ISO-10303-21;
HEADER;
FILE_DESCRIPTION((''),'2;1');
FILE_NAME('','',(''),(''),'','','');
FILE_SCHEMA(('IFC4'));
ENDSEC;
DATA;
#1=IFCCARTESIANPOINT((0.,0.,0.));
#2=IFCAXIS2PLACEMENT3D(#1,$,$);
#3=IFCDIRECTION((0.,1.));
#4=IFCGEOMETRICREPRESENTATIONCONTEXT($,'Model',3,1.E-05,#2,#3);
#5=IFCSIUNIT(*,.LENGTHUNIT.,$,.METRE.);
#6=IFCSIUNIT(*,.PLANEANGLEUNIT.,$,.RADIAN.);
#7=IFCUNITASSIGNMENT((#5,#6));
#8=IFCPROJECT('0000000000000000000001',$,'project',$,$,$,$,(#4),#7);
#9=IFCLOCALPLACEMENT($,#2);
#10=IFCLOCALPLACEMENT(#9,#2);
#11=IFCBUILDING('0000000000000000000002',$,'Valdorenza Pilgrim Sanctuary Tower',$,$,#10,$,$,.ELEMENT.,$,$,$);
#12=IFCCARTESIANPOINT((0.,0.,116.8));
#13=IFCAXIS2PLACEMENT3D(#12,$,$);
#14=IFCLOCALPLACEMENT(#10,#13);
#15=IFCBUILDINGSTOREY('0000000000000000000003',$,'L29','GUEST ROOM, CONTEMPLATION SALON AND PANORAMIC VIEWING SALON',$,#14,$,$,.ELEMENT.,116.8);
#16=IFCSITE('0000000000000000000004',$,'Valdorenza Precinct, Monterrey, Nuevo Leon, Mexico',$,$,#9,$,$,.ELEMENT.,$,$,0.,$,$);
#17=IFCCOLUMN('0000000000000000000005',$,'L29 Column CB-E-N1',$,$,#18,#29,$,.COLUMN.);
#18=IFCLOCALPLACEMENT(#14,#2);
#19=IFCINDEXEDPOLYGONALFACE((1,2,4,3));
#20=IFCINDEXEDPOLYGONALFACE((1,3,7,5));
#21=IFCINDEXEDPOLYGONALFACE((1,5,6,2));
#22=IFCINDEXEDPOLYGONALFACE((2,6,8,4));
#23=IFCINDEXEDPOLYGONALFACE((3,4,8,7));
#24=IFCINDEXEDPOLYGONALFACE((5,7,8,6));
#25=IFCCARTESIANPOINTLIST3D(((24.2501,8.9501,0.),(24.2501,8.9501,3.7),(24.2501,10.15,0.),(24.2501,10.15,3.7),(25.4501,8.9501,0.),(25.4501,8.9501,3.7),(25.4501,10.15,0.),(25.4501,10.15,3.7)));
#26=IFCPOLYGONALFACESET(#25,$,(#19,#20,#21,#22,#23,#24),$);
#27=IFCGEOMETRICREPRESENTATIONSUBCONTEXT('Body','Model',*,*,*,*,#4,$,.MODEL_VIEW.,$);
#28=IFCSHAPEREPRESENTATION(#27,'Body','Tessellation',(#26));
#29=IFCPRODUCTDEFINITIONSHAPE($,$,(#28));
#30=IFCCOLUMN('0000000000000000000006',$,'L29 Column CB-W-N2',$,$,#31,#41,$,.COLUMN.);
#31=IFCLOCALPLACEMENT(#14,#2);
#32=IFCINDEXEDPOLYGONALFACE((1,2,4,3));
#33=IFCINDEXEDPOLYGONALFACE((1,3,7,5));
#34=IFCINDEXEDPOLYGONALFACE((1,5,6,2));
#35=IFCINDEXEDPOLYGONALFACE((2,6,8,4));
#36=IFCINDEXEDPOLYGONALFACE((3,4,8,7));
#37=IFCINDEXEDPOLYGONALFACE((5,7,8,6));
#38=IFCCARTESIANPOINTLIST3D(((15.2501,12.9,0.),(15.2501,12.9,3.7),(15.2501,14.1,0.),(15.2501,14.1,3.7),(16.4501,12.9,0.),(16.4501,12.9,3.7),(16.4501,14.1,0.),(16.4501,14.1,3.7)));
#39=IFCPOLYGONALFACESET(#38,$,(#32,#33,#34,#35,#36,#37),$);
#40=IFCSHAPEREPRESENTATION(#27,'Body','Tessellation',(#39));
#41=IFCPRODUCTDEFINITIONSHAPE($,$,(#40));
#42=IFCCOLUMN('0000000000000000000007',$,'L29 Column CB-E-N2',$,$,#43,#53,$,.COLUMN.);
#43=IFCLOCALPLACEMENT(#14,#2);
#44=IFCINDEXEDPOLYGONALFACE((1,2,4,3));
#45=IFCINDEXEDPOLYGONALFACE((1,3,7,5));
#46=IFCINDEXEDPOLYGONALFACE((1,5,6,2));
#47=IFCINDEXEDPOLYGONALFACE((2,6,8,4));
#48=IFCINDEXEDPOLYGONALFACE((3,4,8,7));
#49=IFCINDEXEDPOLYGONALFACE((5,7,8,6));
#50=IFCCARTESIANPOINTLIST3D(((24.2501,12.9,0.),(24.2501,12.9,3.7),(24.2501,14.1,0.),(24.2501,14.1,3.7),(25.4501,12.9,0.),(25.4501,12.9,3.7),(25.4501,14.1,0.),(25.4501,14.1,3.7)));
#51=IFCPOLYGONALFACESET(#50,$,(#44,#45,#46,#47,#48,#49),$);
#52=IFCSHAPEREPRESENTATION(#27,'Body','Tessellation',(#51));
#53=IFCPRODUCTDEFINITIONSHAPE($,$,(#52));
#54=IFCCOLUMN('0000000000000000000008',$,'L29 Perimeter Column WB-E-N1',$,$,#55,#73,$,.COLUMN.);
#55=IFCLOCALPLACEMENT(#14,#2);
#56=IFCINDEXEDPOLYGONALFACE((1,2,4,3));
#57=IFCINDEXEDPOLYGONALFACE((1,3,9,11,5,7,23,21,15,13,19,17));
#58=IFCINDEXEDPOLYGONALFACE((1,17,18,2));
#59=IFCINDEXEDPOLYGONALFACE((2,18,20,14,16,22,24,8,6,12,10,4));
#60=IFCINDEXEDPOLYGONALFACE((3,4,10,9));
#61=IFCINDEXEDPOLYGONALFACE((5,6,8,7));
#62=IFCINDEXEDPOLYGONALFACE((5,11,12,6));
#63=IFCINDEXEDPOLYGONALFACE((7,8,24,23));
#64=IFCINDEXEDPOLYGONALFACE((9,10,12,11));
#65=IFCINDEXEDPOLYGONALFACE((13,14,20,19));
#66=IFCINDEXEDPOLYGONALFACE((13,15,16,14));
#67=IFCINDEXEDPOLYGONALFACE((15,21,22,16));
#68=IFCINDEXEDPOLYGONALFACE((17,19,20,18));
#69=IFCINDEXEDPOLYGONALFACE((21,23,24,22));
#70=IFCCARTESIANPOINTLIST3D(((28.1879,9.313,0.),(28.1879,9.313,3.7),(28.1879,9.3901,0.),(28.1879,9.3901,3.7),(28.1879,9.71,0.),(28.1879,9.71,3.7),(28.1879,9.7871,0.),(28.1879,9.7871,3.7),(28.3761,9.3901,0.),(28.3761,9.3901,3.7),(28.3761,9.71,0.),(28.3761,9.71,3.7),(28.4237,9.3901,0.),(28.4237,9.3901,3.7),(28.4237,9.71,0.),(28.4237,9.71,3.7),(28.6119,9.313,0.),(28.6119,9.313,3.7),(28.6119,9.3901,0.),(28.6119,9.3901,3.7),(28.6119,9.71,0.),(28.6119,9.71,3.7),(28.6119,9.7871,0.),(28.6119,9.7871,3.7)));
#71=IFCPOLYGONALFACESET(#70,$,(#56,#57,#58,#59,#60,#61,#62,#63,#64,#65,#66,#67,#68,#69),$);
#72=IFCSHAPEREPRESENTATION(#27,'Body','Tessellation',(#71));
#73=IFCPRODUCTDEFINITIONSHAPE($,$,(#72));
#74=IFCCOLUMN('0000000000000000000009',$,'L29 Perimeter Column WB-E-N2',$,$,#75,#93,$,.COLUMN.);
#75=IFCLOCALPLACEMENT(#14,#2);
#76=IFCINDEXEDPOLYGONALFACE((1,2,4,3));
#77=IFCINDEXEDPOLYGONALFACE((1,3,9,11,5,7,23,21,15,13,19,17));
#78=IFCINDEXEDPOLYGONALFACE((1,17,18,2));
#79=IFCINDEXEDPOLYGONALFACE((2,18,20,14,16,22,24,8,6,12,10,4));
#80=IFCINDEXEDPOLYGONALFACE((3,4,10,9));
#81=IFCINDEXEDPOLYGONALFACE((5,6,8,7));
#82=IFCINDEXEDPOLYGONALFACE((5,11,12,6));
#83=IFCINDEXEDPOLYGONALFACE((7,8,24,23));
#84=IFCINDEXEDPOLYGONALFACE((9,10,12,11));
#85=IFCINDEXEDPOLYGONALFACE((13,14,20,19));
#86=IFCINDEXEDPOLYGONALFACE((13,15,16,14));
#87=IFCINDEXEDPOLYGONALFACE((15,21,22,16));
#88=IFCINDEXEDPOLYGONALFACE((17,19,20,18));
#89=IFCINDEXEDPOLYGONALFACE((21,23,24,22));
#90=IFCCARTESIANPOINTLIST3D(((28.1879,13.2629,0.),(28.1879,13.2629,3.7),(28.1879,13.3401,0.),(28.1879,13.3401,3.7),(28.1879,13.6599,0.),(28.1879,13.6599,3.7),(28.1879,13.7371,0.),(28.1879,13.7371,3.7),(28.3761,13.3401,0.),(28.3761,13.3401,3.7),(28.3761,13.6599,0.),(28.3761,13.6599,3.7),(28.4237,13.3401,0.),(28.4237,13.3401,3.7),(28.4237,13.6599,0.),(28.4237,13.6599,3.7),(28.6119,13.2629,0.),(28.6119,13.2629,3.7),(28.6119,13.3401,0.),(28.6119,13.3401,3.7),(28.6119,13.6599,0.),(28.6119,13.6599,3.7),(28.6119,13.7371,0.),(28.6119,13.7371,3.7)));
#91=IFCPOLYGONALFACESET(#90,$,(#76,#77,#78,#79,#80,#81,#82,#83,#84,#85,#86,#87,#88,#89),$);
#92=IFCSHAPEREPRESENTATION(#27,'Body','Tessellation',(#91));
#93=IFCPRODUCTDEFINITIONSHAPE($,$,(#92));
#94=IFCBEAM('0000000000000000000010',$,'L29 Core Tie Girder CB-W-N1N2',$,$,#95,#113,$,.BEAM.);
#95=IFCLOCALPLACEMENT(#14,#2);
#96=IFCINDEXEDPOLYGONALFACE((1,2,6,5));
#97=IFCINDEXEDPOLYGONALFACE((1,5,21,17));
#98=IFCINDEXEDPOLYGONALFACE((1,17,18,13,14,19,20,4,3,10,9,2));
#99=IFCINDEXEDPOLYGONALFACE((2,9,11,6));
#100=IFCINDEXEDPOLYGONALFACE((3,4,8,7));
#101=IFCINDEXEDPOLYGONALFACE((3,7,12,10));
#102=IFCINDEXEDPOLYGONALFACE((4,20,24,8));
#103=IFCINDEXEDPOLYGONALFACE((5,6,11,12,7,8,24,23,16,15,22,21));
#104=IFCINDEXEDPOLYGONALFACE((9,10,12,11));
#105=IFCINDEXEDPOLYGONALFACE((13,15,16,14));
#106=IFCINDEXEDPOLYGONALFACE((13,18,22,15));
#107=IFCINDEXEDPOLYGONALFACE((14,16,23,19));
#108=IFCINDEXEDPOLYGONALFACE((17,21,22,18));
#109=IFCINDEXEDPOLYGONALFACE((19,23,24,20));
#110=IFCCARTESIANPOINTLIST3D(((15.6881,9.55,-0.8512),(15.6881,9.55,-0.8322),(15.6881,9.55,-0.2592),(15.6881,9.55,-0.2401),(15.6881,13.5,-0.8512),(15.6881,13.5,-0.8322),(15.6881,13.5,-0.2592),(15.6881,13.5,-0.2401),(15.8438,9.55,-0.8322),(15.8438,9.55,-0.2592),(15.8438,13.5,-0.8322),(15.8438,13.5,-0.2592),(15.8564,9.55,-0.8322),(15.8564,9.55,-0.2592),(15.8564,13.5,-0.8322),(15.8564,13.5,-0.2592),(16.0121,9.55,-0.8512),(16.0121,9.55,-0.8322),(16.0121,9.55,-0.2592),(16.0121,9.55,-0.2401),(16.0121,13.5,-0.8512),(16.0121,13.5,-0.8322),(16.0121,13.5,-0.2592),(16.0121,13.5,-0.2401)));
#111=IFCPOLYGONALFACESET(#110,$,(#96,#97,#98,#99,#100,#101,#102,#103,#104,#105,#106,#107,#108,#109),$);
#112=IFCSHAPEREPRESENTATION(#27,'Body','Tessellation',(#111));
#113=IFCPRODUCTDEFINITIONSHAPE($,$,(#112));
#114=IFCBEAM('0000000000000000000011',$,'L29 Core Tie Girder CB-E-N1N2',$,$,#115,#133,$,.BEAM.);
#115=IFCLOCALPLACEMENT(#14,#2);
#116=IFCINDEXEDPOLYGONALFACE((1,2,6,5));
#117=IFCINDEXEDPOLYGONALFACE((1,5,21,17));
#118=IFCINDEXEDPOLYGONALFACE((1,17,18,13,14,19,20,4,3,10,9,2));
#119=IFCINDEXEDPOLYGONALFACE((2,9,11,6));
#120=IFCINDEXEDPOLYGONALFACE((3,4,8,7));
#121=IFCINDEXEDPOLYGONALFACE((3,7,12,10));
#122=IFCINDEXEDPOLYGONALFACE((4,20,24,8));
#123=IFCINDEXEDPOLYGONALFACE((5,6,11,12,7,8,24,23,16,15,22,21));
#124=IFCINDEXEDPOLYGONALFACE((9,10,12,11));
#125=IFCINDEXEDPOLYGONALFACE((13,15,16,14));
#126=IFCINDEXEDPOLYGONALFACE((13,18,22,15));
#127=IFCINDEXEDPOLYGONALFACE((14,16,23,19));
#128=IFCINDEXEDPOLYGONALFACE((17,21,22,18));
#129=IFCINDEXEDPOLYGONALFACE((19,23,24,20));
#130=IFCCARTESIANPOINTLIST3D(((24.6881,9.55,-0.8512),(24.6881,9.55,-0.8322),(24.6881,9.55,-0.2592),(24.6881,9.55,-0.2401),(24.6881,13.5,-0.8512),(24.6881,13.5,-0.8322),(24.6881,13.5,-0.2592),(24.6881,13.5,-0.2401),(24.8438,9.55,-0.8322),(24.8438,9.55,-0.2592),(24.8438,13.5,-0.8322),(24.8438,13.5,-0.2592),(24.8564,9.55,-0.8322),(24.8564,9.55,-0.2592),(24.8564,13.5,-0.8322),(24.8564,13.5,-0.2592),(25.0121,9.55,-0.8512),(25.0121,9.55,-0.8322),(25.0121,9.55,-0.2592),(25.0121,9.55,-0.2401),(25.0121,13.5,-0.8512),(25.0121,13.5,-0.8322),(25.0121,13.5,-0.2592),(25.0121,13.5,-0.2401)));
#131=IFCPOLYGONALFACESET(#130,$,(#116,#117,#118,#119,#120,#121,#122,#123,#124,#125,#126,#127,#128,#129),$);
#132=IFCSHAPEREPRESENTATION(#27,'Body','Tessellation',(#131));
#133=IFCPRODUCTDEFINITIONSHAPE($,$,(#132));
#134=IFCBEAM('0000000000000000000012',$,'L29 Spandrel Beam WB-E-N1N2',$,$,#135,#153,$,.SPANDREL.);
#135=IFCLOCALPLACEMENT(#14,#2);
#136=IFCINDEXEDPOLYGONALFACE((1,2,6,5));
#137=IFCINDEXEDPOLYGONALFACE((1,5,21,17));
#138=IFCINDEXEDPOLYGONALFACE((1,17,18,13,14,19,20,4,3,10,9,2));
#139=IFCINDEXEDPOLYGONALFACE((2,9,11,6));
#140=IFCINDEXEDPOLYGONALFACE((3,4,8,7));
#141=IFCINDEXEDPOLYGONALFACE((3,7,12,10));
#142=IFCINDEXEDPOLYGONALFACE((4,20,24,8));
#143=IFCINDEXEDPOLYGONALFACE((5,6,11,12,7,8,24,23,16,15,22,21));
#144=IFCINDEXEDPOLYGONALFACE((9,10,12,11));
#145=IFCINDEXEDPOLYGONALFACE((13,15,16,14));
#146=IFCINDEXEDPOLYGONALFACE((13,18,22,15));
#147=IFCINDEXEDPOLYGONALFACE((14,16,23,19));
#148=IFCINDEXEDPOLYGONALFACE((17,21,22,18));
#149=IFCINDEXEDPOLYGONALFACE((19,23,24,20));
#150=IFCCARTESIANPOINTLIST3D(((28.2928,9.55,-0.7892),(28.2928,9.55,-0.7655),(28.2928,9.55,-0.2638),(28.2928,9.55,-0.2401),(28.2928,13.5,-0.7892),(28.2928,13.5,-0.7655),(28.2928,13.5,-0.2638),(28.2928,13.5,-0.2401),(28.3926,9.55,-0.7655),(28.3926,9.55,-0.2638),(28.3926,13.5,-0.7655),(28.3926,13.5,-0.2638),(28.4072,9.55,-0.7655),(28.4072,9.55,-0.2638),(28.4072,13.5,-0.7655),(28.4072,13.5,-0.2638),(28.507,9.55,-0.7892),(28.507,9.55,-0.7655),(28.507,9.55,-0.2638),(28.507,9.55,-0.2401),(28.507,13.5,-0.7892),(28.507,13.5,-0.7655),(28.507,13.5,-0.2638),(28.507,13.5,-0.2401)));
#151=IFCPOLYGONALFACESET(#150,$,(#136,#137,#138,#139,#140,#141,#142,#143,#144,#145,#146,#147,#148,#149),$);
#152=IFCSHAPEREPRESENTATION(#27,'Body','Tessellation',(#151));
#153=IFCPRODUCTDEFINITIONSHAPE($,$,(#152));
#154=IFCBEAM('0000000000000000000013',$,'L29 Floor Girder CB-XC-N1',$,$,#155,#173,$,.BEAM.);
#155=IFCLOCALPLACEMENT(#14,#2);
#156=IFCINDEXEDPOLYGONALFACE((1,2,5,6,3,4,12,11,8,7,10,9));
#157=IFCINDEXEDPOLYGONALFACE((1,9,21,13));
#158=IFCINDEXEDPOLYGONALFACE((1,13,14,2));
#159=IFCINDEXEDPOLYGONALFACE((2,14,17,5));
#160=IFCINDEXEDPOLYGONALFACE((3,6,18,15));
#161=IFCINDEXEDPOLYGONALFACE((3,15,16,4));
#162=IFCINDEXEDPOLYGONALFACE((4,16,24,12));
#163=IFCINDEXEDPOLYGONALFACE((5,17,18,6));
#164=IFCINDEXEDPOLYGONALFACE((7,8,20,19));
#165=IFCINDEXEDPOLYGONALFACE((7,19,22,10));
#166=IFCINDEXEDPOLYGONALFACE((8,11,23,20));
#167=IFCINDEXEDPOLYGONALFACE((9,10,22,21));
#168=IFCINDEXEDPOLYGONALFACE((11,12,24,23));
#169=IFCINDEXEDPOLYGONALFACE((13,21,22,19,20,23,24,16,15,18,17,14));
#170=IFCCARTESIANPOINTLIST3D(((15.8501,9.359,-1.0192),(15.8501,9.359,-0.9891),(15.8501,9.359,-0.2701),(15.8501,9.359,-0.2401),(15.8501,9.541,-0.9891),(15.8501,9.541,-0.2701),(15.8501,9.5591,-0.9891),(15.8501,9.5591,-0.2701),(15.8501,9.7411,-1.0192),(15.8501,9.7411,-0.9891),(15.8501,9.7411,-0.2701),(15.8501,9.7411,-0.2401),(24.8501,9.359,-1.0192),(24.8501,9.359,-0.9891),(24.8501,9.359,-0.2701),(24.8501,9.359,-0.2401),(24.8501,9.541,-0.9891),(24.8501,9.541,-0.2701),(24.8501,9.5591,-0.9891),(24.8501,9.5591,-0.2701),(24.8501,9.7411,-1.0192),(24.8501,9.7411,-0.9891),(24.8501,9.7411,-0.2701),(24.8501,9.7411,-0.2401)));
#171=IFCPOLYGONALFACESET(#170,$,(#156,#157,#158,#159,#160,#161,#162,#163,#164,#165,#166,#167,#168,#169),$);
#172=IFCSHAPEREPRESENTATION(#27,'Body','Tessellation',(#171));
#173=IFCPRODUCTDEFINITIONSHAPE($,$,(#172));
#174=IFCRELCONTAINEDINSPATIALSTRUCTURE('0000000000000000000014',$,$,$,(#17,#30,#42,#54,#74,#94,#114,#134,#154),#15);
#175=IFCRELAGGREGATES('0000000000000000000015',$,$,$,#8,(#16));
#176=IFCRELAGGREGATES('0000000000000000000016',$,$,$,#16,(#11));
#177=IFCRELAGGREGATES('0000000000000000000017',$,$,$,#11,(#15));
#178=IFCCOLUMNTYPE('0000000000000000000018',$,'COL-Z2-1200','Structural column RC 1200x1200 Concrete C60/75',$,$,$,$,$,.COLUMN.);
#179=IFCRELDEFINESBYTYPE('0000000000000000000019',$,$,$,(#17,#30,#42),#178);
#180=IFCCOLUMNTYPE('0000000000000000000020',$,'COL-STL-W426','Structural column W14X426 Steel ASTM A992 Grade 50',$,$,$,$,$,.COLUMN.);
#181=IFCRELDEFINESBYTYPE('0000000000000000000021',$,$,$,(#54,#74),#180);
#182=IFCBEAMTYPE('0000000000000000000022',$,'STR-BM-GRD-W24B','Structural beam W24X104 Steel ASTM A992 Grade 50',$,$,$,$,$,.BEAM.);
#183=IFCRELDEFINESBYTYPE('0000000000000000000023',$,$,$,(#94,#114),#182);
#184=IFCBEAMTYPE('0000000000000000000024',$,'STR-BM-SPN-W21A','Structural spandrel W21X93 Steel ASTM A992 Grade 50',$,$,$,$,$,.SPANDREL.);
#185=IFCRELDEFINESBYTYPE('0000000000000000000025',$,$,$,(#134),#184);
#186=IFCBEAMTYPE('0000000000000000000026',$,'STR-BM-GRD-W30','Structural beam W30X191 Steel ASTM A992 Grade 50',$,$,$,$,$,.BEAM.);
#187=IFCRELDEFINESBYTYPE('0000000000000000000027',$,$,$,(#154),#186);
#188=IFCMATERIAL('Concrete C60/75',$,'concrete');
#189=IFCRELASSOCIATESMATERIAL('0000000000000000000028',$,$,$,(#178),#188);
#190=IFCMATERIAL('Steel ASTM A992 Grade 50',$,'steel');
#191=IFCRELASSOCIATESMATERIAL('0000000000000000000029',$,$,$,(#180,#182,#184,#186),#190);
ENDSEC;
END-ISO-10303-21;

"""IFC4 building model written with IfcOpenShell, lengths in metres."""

from ifc_helpers import new_model, si_unit, direction, frame, origin, origin_2d, place, context, subcontext, project, spatial, rectangle, i_section, extrude, source, transform, mapped, material, material_profile, profile_set, type_object, element, save


model = new_model("IFC4")

# Units and contexts
model_context = context("Model", 3, precision=1e-05, world=origin(), true_north=direction((0.0, 1.0)))
body_context = subcontext(model_context, "Body", "Model", "MODEL_VIEW")
ifc_project = project(units=[si_unit("LENGTHUNIT", "METRE"), si_unit("PLANEANGLEUNIT", "RADIAN")], contexts=[model_context])

# Site, building, storey
site_placement = place(None, origin())
site = spatial("IfcSite", under=ifc_project, at=site_placement, Name="Valdorenza Precinct, Monterrey, Nuevo Leon, Mexico", CompositionType="ELEMENT", RefElevation=0.0)
building_placement = place(site_placement, origin())
building = spatial("IfcBuilding", under=site, at=building_placement, Name="Valdorenza Pilgrim Sanctuary Tower", CompositionType="ELEMENT")
storey_placement = place(building_placement, frame((0.0, 0.0, 116.8)))
storey = spatial("IfcBuildingStorey", under=building, at=storey_placement, Name="L29", Description="GUEST ROOM, CONTEMPLATION SALON AND PANORAMIC VIEWING SALON", CompositionType="ELEMENT", Elevation=116.8)

# Columns
ifc_material_1 = material(Name="Concrete C60/75", Category="concrete")
ifc_material_profile_1 = material_profile(ifc_material_1, rectangle(XDim=1.2, YDim=1.2, at=origin_2d()), Name="RC 1200x1200")
ifc_profile_set_1 = profile_set([ifc_material_profile_1], Name="Concrete C60/75")
column_type_1 = type_object("IfcColumnType", Name="COL-Z2-1200", Description="Structural column RC 1200x1200 Concrete C60/75", PredefinedType="COLUMN", material=ifc_profile_set_1)
shared_shape_1 = source(origin(), body_context, "Body", "SweptSolid", [
    extrude(rectangle(XDim=1.2, YDim=1.2, at=origin_2d()), origin(), (0.0, 0.0, 1.0), 3.7),
])
for number, where, z_axis, x_axis, name in (
    (1, (24.8501, 9.55, 0.0), (0.0, 0.0, 1.0), (1.0, 0.0, 0.0), "L29 Column CB-E-N1"),
    (2, (15.8501, 13.5, 0.0), (0.0, 0.0, 1.0), (1.0, 0.0, 0.0), "L29 Column CB-W-N2"),
    (3, (24.8501, 13.5, 0.0), (0.0, 0.0, 1.0), (1.0, 0.0, 0.0), "L29 Column CB-E-N2"),
):
    element("IfcColumn", number, at=place(storey_placement, frame(where, z_axis=z_axis, x_axis=x_axis)), inside=storey, type_object=column_type_1, Name=name, PredefinedType="COLUMN", context=body_context, shape_type="MappedRepresentation", body=[
        mapped(shared_shape_1, transform((0.0, 0.0, 0.0), x_axis=(1.0, 0.0, 0.0), y_axis=(0.0, 1.0, 0.0), z_axis=(0.0, 0.0, 1.0), scale=1.0)),
    ])
ifc_material_2 = material(Name="Steel ASTM A992 Grade 50", Category="steel")
ifc_material_profile_2 = material_profile(ifc_material_2, i_section(OverallWidth=0.4241, OverallDepth=0.4741, WebThickness=0.0476, FlangeThickness=0.0771, at=origin_2d()), Name="W14X426")
ifc_profile_set_2 = profile_set([ifc_material_profile_2], Name="Steel ASTM A992 Grade 50")
column_type_2 = type_object("IfcColumnType", Name="COL-STL-W426", Description="Structural column W14X426 Steel ASTM A992 Grade 50", PredefinedType="COLUMN", material=ifc_profile_set_2)
shared_shape_2 = source(origin(), body_context, "Body", "SweptSolid", [
    extrude(i_section(OverallWidth=0.4241, OverallDepth=0.4741, WebThickness=0.0476, FlangeThickness=0.0771, at=origin_2d()), origin(), (0.0, 0.0, 1.0), 3.7),
])
for number, where, z_axis, x_axis, name in (
    (4, (28.3999, 9.55, 0.0), (0.0, 0.0, 1.0), (1.0, 0.0, 0.0), "L29 Perimeter Column WB-E-N1"),
    (5, (28.3999, 13.5, 0.0), (0.0, 0.0, 1.0), (1.0, 0.0, 0.0), "L29 Perimeter Column WB-E-N2"),
):
    element("IfcColumn", number, at=place(storey_placement, frame(where, z_axis=z_axis, x_axis=x_axis)), inside=storey, type_object=column_type_2, Name=name, PredefinedType="COLUMN", context=body_context, shape_type="MappedRepresentation", body=[
        mapped(shared_shape_2, transform((0.0, 0.0, 0.0), x_axis=(1.0, 0.0, 0.0), y_axis=(0.0, 1.0, 0.0), z_axis=(0.0, 0.0, 1.0), scale=1.0)),
    ])

# Beams
ifc_material_profile_3 = material_profile(ifc_material_2, i_section(OverallWidth=0.324, OverallDepth=0.6111, WebThickness=0.0127, FlangeThickness=0.019, at=origin_2d()), Name="W24X104")
ifc_profile_set_3 = profile_set([ifc_material_profile_3], Name="Steel ASTM A992 Grade 50")
beam_type_1 = type_object("IfcBeamType", Name="STR-BM-GRD-W24B", Description="Structural beam W24X104 Steel ASTM A992 Grade 50", PredefinedType="BEAM", material=ifc_profile_set_3)
shared_shape_3 = source(origin(), body_context, "Body", "SweptSolid", [
    extrude(i_section(OverallWidth=0.324, OverallDepth=0.6111, WebThickness=0.0127, FlangeThickness=0.019, at=origin_2d()), origin(), (0.0, 0.0, 1.0), 3.95),
])
for number, where, z_axis, x_axis, name in (
    (6, (15.8501, 9.55, -0.5457), (0.0, 1.0, 0.0), (-1.0, 0.0, 0.0), "L29 Core Tie Girder CB-W-N1N2"),
    (7, (24.8501, 9.55, -0.5457), (0.0, 1.0, 0.0), (-1.0, 0.0, 0.0), "L29 Core Tie Girder CB-E-N1N2"),
):
    element("IfcBeam", number, at=place(storey_placement, frame(where, z_axis=z_axis, x_axis=x_axis)), inside=storey, type_object=beam_type_1, Name=name, PredefinedType="BEAM", context=body_context, shape_type="MappedRepresentation", body=[
        mapped(shared_shape_3, transform((0.0, 0.0, 0.0), x_axis=(1.0, 0.0, 0.0), y_axis=(0.0, 1.0, 0.0), z_axis=(0.0, 0.0, 1.0), scale=1.0)),
    ])
ifc_material_profile_4 = material_profile(ifc_material_2, i_section(OverallWidth=0.2141, OverallDepth=0.5491, WebThickness=0.0146, FlangeThickness=0.0237, at=origin_2d()), Name="W21X93")
ifc_profile_set_4 = profile_set([ifc_material_profile_4], Name="Steel ASTM A992 Grade 50")
beam_type_2 = type_object("IfcBeamType", Name="STR-BM-SPN-W21A", Description="Structural spandrel W21X93 Steel ASTM A992 Grade 50", PredefinedType="SPANDREL", material=ifc_profile_set_4)
shared_shape_4 = source(origin(), body_context, "Body", "SweptSolid", [
    extrude(i_section(OverallWidth=0.2141, OverallDepth=0.5491, WebThickness=0.0146, FlangeThickness=0.0237, at=origin_2d()), origin(), (0.0, 0.0, 1.0), 3.95),
])
beam_placement = place(storey_placement, frame((28.3999, 9.55, -0.5146), z_axis=(0.0, 1.0, 0.0), x_axis=(-1.0, 0.0, 0.0)))
element("IfcBeam", 8, at=beam_placement, inside=storey, type_object=beam_type_2, Name="L29 Spandrel Beam WB-E-N1N2", PredefinedType="SPANDREL", context=body_context, shape_type="MappedRepresentation", body=[
    mapped(shared_shape_4, transform((0.0, 0.0, 0.0), x_axis=(1.0, 0.0, 0.0), y_axis=(0.0, 1.0, 0.0), z_axis=(0.0, 0.0, 1.0), scale=1.0)),
])
ifc_material_profile_5 = material_profile(ifc_material_2, i_section(OverallWidth=0.3821, OverallDepth=0.7791, WebThickness=0.0181, FlangeThickness=0.03, at=origin_2d()), Name="W30X191")
ifc_profile_set_5 = profile_set([ifc_material_profile_5], Name="Steel ASTM A992 Grade 50")
beam_type_3 = type_object("IfcBeamType", Name="STR-BM-GRD-W30", Description="Structural beam W30X191 Steel ASTM A992 Grade 50", PredefinedType="BEAM", material=ifc_profile_set_5)
shared_shape_5 = source(origin(), body_context, "Body", "SweptSolid", [
    extrude(i_section(OverallWidth=0.3821, OverallDepth=0.7791, WebThickness=0.0181, FlangeThickness=0.03, at=origin_2d()), origin(), (0.0, 0.0, 1.0), 9.0),
])
for number, where, z_axis, x_axis, name in (
    (9, (15.8501, 9.55, -0.6296), (1.0, 0.0, 0.0), (0.0, 1.0, 0.0), "L29 Floor Girder CB-XC-N1"),
):
    element("IfcBeam", number, at=place(storey_placement, frame(where, z_axis=z_axis, x_axis=x_axis)), inside=storey, type_object=beam_type_3, Name=name, PredefinedType="BEAM", context=body_context, shape_type="MappedRepresentation", body=[
        mapped(shared_shape_5, transform((0.0, 0.0, 0.0), x_axis=(1.0, 0.0, 0.0), y_axis=(0.0, 1.0, 0.0), z_axis=(0.0, 0.0, 1.0), scale=1.0)),
    ])

save(model, "model.ifc")
